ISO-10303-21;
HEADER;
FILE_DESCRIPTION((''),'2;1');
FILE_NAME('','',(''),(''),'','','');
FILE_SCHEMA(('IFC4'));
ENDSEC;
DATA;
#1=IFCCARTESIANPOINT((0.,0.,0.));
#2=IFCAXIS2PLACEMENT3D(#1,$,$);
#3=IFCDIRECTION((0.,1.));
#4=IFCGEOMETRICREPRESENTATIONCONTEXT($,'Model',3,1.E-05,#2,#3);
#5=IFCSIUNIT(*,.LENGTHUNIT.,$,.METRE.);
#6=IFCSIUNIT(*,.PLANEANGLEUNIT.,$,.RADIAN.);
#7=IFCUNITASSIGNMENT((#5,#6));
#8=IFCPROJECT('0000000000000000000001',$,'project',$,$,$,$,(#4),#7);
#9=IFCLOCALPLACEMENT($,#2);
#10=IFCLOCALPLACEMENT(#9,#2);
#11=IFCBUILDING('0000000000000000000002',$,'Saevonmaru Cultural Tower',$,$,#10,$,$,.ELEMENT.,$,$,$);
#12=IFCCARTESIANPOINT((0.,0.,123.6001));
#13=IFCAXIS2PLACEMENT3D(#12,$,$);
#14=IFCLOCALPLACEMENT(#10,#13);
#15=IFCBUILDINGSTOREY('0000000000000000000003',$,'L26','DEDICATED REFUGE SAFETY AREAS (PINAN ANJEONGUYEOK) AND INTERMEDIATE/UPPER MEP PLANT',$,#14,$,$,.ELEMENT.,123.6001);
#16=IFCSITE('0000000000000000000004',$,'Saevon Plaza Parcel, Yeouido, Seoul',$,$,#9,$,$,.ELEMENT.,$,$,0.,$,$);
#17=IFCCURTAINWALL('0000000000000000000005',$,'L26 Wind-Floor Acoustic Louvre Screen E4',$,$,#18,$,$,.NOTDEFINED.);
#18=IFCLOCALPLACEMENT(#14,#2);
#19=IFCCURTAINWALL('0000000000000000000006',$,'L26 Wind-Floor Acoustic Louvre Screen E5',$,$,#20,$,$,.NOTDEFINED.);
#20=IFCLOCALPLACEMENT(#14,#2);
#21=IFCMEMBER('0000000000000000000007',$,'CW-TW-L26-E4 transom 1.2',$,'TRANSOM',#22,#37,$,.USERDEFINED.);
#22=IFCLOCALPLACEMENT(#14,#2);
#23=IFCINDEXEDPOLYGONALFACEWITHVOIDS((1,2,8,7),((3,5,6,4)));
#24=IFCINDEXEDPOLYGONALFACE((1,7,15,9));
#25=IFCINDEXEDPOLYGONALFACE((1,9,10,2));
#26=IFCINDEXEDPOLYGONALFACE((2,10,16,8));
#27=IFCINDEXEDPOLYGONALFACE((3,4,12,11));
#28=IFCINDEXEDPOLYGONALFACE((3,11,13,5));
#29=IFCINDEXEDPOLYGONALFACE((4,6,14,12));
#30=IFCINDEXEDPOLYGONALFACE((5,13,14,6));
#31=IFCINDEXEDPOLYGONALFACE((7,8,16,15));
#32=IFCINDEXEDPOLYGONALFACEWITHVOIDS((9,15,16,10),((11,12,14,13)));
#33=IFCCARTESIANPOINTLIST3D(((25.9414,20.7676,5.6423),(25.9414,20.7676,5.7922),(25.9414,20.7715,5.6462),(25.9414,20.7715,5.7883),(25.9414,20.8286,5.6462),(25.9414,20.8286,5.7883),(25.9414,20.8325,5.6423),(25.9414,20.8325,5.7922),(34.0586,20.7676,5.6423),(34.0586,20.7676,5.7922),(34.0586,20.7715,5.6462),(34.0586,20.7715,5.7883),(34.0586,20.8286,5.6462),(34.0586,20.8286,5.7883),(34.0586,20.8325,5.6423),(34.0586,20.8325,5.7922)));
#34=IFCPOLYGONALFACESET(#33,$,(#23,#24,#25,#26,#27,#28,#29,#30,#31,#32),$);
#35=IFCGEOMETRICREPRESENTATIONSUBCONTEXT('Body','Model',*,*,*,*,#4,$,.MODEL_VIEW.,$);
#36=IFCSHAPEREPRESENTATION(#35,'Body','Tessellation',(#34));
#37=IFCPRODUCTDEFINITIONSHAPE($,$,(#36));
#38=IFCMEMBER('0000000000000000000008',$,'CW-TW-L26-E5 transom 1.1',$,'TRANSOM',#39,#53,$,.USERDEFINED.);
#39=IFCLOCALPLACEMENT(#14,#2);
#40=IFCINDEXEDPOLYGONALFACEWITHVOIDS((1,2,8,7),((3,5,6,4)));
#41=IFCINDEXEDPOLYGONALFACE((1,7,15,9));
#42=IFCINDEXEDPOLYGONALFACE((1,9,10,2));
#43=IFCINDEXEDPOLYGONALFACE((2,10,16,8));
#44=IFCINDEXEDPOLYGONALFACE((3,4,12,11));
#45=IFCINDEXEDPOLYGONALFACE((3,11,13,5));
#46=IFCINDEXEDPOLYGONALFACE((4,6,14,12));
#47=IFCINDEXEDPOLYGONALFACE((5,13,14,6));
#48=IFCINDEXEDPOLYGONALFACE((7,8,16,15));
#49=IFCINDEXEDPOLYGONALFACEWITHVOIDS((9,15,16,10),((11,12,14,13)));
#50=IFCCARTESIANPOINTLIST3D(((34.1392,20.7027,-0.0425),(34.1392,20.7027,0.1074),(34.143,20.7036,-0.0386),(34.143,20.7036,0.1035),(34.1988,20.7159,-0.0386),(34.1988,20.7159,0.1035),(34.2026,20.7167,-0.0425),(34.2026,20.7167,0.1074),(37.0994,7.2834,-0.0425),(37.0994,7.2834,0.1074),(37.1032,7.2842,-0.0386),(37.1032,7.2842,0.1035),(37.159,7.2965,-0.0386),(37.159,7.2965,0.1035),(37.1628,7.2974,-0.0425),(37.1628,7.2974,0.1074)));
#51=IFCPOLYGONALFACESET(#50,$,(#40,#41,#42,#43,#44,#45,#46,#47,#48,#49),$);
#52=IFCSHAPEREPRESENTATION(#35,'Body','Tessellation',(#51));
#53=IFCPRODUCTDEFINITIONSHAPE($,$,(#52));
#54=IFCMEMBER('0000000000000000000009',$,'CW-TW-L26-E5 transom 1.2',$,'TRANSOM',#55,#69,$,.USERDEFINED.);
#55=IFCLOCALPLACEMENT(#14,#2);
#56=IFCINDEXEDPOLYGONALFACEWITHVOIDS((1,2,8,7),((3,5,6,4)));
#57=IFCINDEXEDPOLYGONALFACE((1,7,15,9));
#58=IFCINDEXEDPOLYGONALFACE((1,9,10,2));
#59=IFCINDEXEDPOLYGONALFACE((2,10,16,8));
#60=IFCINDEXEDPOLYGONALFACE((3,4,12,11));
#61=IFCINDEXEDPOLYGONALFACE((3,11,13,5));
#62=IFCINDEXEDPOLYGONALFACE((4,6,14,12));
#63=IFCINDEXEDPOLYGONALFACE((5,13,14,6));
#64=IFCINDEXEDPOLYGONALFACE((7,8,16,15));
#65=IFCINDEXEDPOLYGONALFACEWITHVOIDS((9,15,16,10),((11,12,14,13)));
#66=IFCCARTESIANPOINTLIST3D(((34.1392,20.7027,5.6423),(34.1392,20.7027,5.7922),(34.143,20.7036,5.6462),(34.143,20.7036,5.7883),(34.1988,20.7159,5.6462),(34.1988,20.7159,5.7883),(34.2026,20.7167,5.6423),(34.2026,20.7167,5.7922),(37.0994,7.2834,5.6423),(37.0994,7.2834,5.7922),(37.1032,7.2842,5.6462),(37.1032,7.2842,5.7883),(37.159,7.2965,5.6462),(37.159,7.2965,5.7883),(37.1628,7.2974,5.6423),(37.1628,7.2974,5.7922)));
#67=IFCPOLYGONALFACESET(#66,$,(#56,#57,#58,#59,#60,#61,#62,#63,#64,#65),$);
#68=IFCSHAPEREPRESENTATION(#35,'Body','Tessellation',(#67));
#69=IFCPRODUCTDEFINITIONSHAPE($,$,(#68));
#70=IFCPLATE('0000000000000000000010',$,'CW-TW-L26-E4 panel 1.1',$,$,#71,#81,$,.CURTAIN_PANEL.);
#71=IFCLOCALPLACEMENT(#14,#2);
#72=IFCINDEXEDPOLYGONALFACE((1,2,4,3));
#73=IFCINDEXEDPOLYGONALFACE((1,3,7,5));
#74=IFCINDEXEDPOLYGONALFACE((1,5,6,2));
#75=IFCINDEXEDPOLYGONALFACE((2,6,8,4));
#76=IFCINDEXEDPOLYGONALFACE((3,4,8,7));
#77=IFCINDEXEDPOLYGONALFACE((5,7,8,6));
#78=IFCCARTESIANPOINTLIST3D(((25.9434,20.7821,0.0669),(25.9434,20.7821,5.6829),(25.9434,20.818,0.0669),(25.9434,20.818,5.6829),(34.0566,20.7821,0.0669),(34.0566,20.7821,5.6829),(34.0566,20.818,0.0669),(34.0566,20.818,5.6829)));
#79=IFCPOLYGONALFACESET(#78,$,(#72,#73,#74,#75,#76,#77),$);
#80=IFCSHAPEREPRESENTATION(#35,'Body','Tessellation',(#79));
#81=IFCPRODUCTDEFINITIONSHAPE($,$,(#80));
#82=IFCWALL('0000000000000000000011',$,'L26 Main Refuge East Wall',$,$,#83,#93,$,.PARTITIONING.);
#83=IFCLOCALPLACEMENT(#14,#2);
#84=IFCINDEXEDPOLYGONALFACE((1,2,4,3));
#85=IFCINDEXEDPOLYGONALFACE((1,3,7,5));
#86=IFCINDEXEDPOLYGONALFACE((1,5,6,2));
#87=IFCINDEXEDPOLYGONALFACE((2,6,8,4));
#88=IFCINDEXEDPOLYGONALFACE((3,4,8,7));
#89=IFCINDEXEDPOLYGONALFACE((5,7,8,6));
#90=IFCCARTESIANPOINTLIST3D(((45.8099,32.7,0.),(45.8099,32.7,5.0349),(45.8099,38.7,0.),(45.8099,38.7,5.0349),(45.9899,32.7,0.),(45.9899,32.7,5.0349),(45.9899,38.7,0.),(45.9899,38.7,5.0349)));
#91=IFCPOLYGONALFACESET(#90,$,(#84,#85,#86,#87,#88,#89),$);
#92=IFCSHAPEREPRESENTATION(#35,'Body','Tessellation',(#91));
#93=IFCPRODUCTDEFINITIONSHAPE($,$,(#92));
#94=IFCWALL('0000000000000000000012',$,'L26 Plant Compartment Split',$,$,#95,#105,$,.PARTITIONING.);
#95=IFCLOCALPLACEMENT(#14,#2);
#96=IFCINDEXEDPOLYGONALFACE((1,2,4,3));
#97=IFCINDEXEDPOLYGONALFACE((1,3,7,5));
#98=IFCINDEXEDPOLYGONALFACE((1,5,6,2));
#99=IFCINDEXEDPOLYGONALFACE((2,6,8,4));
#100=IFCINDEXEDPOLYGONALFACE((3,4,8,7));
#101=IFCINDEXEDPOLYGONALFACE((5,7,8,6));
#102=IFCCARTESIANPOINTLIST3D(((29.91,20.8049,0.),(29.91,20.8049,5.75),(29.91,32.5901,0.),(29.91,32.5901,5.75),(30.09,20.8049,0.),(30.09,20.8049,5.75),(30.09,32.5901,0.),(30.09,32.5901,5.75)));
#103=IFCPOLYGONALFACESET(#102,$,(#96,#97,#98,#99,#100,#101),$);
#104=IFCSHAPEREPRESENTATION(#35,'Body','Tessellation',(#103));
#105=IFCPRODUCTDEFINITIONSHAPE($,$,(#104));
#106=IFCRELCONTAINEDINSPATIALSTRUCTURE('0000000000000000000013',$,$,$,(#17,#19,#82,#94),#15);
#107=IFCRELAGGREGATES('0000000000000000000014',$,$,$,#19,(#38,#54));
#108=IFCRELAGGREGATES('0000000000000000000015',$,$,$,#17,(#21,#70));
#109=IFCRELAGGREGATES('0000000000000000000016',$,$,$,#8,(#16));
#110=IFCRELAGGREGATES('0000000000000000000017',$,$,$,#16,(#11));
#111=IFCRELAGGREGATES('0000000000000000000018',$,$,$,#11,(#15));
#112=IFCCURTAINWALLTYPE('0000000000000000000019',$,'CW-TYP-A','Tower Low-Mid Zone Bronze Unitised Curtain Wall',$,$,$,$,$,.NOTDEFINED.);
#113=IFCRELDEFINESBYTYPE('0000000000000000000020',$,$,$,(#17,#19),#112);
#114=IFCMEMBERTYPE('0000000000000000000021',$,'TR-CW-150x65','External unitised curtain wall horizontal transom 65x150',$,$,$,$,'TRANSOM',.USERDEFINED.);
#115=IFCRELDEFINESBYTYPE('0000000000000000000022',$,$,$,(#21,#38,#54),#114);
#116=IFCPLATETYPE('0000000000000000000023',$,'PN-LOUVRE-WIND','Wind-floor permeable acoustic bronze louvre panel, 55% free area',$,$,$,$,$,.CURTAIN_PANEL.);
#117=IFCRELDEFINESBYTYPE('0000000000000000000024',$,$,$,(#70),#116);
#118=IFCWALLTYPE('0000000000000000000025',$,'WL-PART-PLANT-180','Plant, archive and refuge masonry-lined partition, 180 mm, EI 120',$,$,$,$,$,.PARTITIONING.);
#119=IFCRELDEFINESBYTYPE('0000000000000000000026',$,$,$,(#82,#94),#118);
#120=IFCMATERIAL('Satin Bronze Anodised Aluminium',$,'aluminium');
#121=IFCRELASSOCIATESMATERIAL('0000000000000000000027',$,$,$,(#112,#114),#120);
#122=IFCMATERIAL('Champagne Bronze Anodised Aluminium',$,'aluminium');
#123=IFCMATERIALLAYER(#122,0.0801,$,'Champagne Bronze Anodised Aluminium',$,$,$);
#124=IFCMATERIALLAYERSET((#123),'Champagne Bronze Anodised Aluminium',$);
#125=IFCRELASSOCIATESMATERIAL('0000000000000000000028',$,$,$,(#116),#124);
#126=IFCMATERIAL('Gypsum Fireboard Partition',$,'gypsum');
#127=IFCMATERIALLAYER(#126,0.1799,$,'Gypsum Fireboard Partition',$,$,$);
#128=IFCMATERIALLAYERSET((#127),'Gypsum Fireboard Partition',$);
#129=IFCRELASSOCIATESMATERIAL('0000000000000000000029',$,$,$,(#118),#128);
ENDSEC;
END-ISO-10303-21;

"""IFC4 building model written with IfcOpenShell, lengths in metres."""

from ifc_helpers import new_model, si_unit, direction, frame, frame_2d, origin, origin_2d, place, context, subcontext, project, spatial, rectangle, hollow_rectangle, extrude, material, layer, layer_set, material_profile, profile_set, type_object, element, aggregate, save


model = new_model("IFC4")

# Units and contexts
model_context = context("Model", 3, precision=1e-05, world=origin(), true_north=direction((0.0, 1.0)))
body_context = subcontext(model_context, "Body", "Model", "MODEL_VIEW")
ifc_project = project(units=[si_unit("LENGTHUNIT", "METRE"), si_unit("PLANEANGLEUNIT", "RADIAN")], contexts=[model_context])

# Site, building, storey
site_placement = place(None, origin())
site = spatial("IfcSite", under=ifc_project, at=site_placement, Name="Saevon Plaza Parcel, Yeouido, Seoul", CompositionType="ELEMENT", RefElevation=0.0)
building_placement = place(site_placement, origin())
building = spatial("IfcBuilding", under=site, at=building_placement, Name="Saevonmaru Cultural Tower", CompositionType="ELEMENT")
storey_placement = place(building_placement, frame((0.0, 0.0, 123.6001)))
storey = spatial("IfcBuildingStorey", under=building, at=storey_placement, Name="L26", Description="DEDICATED REFUGE SAFETY AREAS (PINAN ANJEONGUYEOK) AND INTERMEDIATE/UPPER MEP PLANT", CompositionType="ELEMENT", Elevation=123.6001)

# Shared definitions
ifc_material_1 = material(Name="Satin Bronze Anodised Aluminium", Category="aluminium")
curtain_wall_type = type_object("IfcCurtainWallType", Name="CW-TYP-A", Description="Tower Low-Mid Zone Bronze Unitised Curtain Wall", PredefinedType="NOTDEFINED", material=ifc_material_1)

# Curtain wall
curtain_wall_1_placement = place(storey_placement, origin())
curtain_wall_1 = element("IfcCurtainWall", 1, at=curtain_wall_1_placement, inside=storey, type_object=curtain_wall_type, Name="L26 Wind-Floor Acoustic Louvre Screen E4", PredefinedType="NOTDEFINED")

# Curtain wall
curtain_wall_2_placement = place(storey_placement, origin())
curtain_wall_2 = element("IfcCurtainWall", 2, at=curtain_wall_2_placement, inside=storey, type_object=curtain_wall_type, Name="L26 Wind-Floor Acoustic Louvre Screen E5", PredefinedType="NOTDEFINED")

# Members
ifc_material_profile_1 = material_profile(ifc_material_1, hollow_rectangle(XDim=0.0649, YDim=0.1499, WallThickness=0.0039, at=origin_2d()), Name="ALU-TRAN-150x65x4")
ifc_profile_set_1 = profile_set([ifc_material_profile_1], Name="Satin Bronze Anodised Aluminium")
member_type_1 = type_object("IfcMemberType", Name="TR-CW-150x65", Description="External unitised curtain wall horizontal transom 65x150", ElementType="TRANSOM", PredefinedType="USERDEFINED", material=ifc_profile_set_1)
member_1_placement = place(storey_placement, frame((25.9414, 20.8, 5.7173), z_axis=(1.0, 0.0, 0.0), x_axis=(0.0, 1.0, 0.0)))
member_1 = element("IfcMember", 3, at=member_1_placement, type_object=member_type_1, Name="CW-TW-L26-E4 transom 1.2", ObjectType="TRANSOM", PredefinedType="USERDEFINED", context=body_context, shape_type="SweptSolid", body=[
    extrude(hollow_rectangle(XDim=0.0649, YDim=0.1499, WallThickness=0.0039, at=origin_2d()), origin(), (0.0, 0.0, 1.0), 8.1172),
])
member_2_placement = place(storey_placement, frame((34.1709, 20.7097, 0.0325), z_axis=(0.215412, -0.976523, 0.0), x_axis=(0.976523, 0.215412, 0.0)))
member_2 = element("IfcMember", 4, at=member_2_placement, type_object=member_type_1, Name="CW-TW-L26-E5 transom 1.1", ObjectType="TRANSOM", PredefinedType="USERDEFINED", context=body_context, shape_type="SweptSolid", body=[
    extrude(hollow_rectangle(XDim=0.0649, YDim=0.1499, WallThickness=0.0039, at=origin_2d()), origin(), (0.0, 0.0, 1.0), 13.7419),
])
member_3_placement = place(storey_placement, frame((34.1709, 20.7097, 5.7173), z_axis=(0.215412, -0.976523, 0.0), x_axis=(0.976523, 0.215412, 0.0)))
member_3 = element("IfcMember", 5, at=member_3_placement, type_object=member_type_1, Name="CW-TW-L26-E5 transom 1.2", ObjectType="TRANSOM", PredefinedType="USERDEFINED", context=body_context, shape_type="SweptSolid", body=[
    extrude(hollow_rectangle(XDim=0.0649, YDim=0.1499, WallThickness=0.0039, at=origin_2d()), origin(), (0.0, 0.0, 1.0), 13.7419),
])
aggregate(curtain_wall_2, [member_2, member_3])

# Plate
ifc_material_2 = material(Name="Champagne Bronze Anodised Aluminium", Category="aluminium")
ifc_layer_1 = layer(ifc_material_2, 0.0801, Name="Champagne Bronze Anodised Aluminium")
ifc_layer_set_1 = layer_set([ifc_layer_1], Name="Champagne Bronze Anodised Aluminium")
plate_type = type_object("IfcPlateType", Name="PN-LOUVRE-WIND", Description="Wind-floor permeable acoustic bronze louvre panel, 55% free area", PredefinedType="CURTAIN_PANEL", material=ifc_layer_set_1)
plate_placement = place(storey_placement, frame((30.0, 20.8, 0.0669), z_axis=(0.0, 0.0, 1.0), x_axis=(1.0, 0.0, 0.0)))
plate = element("IfcPlate", 6, at=plate_placement, type_object=plate_type, Name="CW-TW-L26-E4 panel 1.1", PredefinedType="CURTAIN_PANEL", context=body_context, shape_type="SweptSolid", body=[
    extrude(rectangle(XDim=8.1133, YDim=0.0359, at=origin_2d()), origin(), (0.0, 0.0, 1.0), 5.616),
])
aggregate(curtain_wall_1, [member_1, plate])

# Walls
ifc_material_3 = material(Name="Gypsum Fireboard Partition", Category="gypsum")
ifc_layer_2 = layer(ifc_material_3, 0.1799, Name="Gypsum Fireboard Partition")
ifc_layer_set_2 = layer_set([ifc_layer_2], Name="Gypsum Fireboard Partition")
wall_type = type_object("IfcWallType", Name="WL-PART-PLANT-180", Description="Plant, archive and refuge masonry-lined partition, 180 mm, EI 120", PredefinedType="PARTITIONING", material=ifc_layer_set_2)
wall_1_placement = place(storey_placement, frame((45.8999, 32.7, 0.0), z_axis=(0.0, 0.0, 1.0), x_axis=(0.0, 1.0, 0.0)))
element("IfcWall", 7, at=wall_1_placement, inside=storey, type_object=wall_type, Name="L26 Main Refuge East Wall", PredefinedType="PARTITIONING", context=body_context, shape_type="SweptSolid", body=[
    extrude(rectangle(XDim=6.0, YDim=0.1799, at=frame_2d((3.0, 0.0))), origin(), (0.0, 0.0, 1.0), 5.0349),
])
wall_2_placement = place(storey_placement, frame((30.0, 20.8049, 0.0), z_axis=(0.0, 0.0, 1.0), x_axis=(0.0, 1.0, 0.0)))
element("IfcWall", 8, at=wall_2_placement, inside=storey, type_object=wall_type, Name="L26 Plant Compartment Split", PredefinedType="PARTITIONING", context=body_context, shape_type="SweptSolid", body=[
    extrude(rectangle(XDim=11.7852, YDim=0.1799, at=frame_2d((5.8926, 0.0))), origin(), (0.0, 0.0, 1.0), 5.75),
])

save(model, "model.ifc")
